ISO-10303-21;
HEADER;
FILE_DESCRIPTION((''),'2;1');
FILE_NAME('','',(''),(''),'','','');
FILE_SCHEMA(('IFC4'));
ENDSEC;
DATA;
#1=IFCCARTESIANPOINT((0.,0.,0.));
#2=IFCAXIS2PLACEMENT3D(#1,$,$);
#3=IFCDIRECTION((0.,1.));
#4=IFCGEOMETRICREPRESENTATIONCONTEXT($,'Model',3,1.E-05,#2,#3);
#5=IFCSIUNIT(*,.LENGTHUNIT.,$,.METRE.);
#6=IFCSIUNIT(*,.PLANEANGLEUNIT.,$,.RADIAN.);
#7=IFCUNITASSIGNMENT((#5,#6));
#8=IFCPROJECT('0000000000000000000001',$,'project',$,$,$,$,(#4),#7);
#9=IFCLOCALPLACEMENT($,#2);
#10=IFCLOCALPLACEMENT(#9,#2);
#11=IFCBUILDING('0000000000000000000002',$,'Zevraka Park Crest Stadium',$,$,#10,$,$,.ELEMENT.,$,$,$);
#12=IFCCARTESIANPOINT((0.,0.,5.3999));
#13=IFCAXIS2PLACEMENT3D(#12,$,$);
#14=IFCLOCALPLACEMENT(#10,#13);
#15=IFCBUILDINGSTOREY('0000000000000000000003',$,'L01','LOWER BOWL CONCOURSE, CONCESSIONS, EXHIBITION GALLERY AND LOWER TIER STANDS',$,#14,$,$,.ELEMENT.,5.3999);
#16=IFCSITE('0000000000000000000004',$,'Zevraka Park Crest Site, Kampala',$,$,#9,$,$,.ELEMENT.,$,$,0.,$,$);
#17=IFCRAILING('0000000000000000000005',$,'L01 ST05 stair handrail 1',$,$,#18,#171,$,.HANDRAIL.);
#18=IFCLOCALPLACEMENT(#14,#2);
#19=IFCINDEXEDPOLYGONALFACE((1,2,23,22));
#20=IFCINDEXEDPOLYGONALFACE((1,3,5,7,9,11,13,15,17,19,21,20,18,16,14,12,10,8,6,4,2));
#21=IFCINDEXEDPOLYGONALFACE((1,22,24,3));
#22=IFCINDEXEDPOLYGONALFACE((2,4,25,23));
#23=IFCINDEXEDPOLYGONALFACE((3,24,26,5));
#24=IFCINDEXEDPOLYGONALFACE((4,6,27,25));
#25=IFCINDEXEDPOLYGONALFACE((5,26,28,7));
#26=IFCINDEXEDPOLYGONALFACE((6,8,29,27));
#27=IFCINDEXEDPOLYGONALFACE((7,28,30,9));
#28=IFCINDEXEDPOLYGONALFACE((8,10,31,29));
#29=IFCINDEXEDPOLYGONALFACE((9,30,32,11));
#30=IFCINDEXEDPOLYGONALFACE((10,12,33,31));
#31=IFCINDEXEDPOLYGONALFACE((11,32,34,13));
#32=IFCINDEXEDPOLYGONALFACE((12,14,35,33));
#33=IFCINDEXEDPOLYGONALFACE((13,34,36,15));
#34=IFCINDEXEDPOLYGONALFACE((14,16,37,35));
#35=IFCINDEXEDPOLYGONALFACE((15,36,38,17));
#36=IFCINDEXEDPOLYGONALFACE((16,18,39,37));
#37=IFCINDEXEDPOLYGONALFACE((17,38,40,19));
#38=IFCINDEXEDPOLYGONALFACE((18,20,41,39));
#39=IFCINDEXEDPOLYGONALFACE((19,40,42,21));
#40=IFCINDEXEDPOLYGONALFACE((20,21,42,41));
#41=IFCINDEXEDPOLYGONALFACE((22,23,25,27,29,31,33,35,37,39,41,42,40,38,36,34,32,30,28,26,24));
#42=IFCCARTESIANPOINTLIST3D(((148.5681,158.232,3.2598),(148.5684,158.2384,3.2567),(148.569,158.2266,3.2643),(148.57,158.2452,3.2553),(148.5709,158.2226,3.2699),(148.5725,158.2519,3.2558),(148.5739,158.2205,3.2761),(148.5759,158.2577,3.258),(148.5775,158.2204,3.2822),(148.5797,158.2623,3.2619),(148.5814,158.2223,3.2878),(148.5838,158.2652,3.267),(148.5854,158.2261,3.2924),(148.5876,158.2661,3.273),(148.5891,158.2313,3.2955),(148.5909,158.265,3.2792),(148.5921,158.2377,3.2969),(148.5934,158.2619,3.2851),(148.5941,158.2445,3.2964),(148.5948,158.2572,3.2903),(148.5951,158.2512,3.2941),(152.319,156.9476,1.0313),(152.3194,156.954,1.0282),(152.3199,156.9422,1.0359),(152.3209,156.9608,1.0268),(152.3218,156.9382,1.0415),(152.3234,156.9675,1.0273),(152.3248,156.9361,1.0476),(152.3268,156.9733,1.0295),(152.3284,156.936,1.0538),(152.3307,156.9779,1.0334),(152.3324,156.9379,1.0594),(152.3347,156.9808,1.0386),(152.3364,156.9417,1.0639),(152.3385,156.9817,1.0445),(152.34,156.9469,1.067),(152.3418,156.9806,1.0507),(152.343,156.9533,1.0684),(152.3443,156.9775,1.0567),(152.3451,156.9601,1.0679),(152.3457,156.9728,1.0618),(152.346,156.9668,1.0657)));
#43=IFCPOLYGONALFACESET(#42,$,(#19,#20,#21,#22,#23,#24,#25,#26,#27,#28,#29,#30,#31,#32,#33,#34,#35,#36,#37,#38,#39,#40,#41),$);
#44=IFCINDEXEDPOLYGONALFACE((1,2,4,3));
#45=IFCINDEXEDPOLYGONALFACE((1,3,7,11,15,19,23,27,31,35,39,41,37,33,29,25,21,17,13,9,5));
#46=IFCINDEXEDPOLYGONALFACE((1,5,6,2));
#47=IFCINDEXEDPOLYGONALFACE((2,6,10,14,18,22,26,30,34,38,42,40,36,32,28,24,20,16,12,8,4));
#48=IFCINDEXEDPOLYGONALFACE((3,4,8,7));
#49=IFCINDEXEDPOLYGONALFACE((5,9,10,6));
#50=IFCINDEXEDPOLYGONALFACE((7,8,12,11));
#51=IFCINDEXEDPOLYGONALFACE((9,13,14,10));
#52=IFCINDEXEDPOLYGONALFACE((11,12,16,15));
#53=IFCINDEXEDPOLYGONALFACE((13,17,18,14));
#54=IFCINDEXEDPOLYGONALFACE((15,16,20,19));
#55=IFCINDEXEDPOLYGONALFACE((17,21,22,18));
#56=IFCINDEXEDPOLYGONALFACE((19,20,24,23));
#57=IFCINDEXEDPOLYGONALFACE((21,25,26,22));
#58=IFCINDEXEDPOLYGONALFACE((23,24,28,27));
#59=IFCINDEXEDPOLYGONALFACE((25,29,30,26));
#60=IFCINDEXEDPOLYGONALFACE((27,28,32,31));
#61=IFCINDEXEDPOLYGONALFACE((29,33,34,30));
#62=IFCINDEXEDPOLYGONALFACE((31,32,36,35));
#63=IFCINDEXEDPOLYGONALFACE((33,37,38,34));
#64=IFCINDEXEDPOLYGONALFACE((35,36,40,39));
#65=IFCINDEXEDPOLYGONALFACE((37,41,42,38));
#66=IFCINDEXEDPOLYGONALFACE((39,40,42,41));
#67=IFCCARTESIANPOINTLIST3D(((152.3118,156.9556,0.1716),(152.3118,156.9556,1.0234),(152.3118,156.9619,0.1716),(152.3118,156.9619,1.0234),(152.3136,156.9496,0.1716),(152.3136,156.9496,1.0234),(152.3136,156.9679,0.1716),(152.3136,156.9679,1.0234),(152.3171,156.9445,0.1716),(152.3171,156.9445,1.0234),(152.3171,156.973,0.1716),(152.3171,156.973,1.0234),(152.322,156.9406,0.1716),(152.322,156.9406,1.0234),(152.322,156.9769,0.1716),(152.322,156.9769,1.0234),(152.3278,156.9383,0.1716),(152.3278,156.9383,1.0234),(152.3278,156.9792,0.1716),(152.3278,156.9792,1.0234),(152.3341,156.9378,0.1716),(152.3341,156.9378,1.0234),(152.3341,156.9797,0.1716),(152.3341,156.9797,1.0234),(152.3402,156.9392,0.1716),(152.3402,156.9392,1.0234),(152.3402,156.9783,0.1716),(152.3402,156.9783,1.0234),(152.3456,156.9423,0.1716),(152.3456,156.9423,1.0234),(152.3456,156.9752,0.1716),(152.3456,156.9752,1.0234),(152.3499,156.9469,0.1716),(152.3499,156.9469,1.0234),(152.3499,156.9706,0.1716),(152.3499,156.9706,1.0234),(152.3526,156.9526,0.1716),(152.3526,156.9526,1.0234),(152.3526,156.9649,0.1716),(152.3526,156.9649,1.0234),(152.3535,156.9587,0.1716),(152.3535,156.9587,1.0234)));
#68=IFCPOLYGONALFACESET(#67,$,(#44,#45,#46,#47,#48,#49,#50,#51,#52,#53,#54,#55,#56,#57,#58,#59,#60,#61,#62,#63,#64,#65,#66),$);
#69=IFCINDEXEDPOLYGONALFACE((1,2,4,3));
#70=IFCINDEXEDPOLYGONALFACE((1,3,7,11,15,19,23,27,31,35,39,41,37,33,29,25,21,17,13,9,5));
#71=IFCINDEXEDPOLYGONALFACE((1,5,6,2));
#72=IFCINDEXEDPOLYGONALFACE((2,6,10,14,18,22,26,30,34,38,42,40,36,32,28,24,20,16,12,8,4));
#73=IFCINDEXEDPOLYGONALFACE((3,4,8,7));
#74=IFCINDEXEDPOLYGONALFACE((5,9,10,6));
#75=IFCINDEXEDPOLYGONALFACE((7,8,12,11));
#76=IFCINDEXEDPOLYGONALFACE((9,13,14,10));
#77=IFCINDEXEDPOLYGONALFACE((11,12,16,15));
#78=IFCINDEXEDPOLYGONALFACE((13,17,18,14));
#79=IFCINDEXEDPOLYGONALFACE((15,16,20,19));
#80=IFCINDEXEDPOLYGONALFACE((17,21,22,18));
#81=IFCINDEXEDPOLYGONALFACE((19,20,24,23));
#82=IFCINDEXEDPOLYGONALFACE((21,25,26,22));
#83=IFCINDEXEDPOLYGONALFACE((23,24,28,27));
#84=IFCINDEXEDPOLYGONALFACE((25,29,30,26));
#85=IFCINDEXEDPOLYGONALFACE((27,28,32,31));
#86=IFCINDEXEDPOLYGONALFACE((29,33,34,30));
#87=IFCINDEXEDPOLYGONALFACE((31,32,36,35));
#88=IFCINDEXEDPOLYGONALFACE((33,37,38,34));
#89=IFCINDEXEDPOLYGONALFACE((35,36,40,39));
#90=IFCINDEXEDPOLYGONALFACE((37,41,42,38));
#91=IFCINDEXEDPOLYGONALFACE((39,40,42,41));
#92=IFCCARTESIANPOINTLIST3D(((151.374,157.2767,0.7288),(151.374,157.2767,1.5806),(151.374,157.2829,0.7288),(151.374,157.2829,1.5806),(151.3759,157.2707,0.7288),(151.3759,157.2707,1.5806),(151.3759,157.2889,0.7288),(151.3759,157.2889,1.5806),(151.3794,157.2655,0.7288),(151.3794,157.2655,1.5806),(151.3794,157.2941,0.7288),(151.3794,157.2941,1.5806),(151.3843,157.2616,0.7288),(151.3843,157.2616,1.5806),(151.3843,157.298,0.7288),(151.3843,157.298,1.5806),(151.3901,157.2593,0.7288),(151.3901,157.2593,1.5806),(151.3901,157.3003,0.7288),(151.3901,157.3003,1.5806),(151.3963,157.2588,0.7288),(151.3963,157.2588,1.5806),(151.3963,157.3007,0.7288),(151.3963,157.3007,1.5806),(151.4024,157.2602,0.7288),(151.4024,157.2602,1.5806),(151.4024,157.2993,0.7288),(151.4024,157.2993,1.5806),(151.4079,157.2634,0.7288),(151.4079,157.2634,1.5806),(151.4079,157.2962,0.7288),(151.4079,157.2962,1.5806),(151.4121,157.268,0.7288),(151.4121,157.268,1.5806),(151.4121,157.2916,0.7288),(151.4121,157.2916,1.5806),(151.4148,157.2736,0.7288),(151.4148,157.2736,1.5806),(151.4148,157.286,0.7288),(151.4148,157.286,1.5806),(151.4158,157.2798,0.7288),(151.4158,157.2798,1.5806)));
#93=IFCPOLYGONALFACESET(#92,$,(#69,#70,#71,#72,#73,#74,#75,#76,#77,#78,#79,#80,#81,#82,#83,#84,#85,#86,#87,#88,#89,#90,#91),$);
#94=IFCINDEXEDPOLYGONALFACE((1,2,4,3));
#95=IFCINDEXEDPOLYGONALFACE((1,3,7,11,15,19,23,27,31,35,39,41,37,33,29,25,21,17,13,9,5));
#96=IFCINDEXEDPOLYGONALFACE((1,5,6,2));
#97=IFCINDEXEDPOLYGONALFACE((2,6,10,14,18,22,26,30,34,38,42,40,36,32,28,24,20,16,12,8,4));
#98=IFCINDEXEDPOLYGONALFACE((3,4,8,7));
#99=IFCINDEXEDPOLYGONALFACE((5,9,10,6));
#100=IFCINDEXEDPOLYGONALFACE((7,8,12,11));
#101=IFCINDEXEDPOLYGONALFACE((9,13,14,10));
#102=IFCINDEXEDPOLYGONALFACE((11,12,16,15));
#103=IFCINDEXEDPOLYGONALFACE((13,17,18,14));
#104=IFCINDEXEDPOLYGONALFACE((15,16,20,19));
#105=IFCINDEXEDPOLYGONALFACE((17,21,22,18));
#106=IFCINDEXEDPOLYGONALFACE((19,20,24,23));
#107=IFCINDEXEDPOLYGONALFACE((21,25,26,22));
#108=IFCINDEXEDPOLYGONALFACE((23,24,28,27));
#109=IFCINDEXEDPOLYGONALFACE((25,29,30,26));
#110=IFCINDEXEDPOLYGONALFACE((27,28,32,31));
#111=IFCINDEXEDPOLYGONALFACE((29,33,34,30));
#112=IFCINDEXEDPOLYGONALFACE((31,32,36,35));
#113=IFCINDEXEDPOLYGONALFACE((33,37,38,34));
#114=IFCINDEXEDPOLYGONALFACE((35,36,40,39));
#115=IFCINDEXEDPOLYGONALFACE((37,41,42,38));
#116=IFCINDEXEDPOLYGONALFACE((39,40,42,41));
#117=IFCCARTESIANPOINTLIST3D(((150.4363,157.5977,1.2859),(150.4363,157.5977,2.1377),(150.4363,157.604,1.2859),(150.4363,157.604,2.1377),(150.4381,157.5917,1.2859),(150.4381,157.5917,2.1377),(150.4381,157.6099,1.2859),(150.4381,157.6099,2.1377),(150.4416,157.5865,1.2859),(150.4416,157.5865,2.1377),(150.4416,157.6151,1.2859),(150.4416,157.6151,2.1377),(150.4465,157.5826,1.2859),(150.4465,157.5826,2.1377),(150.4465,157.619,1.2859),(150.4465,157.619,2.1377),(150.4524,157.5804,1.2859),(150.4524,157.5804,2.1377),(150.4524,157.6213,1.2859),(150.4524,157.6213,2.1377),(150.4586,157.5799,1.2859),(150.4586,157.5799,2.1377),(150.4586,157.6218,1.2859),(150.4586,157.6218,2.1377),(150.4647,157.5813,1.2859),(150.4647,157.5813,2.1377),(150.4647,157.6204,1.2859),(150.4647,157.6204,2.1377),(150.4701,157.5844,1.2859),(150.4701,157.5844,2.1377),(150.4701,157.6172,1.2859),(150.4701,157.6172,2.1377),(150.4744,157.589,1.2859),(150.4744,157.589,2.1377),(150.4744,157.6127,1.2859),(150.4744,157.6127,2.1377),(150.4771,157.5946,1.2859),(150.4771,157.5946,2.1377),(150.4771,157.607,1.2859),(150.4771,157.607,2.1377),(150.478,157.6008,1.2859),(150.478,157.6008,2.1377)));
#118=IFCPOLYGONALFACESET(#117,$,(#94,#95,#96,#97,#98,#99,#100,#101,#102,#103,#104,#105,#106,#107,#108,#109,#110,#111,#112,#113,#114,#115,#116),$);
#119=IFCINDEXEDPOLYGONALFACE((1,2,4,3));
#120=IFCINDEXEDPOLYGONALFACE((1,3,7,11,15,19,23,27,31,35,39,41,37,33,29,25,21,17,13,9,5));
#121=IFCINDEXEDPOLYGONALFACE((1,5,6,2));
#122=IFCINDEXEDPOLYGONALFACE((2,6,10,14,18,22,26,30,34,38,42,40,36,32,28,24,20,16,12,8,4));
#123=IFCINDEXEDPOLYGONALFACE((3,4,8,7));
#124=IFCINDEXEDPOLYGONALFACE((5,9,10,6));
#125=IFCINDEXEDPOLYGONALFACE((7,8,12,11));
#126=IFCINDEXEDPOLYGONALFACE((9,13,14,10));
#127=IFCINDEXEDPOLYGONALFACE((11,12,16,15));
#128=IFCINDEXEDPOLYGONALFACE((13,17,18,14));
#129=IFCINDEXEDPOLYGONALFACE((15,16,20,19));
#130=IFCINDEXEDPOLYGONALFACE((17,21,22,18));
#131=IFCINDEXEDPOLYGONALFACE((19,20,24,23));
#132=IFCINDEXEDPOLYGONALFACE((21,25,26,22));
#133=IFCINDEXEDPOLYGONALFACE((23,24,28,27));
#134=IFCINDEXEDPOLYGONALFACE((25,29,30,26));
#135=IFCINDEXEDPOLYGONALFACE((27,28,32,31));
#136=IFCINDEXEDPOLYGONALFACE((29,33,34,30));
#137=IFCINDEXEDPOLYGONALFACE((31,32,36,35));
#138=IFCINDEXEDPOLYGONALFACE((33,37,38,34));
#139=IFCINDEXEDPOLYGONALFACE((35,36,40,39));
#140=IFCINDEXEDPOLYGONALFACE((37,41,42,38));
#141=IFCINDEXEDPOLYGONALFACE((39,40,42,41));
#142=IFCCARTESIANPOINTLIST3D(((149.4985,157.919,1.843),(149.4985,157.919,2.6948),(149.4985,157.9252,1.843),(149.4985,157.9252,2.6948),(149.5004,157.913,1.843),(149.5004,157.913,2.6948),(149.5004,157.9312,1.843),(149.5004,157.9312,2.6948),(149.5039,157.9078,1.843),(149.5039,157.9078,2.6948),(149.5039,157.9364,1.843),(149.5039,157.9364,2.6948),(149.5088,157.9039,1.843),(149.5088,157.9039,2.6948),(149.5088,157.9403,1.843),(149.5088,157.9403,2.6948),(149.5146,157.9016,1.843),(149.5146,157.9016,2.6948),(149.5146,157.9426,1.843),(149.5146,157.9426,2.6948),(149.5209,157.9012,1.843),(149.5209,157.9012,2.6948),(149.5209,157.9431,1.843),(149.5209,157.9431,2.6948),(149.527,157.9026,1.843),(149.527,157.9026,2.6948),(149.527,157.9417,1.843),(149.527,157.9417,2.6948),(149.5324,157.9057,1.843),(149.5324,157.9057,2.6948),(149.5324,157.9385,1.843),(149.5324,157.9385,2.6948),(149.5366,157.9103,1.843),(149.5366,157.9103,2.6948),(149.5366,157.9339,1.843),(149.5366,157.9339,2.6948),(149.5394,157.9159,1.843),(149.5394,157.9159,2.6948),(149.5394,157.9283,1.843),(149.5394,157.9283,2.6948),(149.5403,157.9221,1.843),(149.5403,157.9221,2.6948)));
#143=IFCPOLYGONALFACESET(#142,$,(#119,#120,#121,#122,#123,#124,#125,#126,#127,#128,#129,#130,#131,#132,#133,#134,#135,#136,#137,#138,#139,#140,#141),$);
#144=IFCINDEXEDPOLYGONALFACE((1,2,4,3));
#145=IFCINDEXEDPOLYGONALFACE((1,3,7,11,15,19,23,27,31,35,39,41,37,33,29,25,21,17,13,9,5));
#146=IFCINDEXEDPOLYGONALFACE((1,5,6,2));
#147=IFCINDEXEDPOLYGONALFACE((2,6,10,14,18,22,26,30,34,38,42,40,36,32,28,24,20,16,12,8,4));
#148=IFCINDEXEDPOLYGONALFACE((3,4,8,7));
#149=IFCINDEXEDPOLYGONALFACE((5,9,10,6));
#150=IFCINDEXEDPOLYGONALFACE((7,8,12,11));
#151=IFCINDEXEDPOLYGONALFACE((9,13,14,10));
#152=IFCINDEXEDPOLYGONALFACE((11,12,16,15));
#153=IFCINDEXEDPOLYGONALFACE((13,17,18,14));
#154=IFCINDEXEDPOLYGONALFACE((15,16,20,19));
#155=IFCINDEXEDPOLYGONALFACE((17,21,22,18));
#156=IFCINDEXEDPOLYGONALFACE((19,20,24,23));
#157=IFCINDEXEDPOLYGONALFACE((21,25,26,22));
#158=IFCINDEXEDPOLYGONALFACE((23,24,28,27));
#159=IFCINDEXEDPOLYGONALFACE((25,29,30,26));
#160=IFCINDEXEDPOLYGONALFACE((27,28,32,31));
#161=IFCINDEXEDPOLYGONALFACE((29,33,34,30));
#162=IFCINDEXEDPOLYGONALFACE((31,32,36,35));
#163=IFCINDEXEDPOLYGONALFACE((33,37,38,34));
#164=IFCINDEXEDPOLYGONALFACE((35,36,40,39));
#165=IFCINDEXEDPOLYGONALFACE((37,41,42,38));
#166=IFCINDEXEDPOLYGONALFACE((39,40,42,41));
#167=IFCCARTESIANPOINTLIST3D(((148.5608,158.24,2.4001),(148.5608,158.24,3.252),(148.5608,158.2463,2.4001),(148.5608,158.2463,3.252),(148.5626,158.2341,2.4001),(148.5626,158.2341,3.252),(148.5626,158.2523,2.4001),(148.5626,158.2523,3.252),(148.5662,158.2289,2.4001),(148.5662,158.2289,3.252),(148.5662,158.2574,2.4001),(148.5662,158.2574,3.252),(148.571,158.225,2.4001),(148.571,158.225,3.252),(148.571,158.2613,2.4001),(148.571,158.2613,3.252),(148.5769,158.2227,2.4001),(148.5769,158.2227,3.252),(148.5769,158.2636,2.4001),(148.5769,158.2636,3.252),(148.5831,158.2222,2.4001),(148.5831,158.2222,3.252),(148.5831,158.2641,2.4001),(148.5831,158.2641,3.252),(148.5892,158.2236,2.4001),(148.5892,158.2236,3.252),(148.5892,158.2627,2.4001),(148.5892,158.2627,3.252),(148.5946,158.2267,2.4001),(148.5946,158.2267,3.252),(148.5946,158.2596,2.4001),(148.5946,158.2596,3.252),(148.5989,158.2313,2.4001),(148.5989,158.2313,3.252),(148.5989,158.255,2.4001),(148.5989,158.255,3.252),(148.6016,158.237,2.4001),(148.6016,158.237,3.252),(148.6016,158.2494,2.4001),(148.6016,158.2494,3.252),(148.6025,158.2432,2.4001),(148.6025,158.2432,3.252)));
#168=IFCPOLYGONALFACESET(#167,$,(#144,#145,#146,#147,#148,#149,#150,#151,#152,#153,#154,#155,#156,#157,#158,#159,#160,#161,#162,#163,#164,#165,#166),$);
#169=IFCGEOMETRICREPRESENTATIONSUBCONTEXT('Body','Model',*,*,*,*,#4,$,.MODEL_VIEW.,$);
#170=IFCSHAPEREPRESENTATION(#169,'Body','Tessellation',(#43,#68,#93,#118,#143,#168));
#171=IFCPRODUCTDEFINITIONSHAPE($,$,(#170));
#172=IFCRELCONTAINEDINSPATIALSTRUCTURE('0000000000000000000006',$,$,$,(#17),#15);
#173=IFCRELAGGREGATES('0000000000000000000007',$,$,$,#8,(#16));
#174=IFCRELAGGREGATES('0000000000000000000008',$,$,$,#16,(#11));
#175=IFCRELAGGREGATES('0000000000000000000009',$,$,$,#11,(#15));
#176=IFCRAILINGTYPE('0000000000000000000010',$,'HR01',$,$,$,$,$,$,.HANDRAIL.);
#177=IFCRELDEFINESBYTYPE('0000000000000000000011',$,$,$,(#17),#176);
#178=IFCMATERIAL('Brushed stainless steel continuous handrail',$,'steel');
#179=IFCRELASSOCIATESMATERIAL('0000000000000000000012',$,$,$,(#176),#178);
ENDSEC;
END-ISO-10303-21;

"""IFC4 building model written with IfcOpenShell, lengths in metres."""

from ifc_helpers import new_model, si_unit, direction, frame, origin, origin_2d, place, context, subcontext, project, spatial, circle, extrude, material, type_object, element, save


model = new_model("IFC4")

# Units and contexts
model_context = context("Model", 3, precision=1e-05, world=origin(), true_north=direction((0.0, 1.0)))
body_context = subcontext(model_context, "Body", "Model", "MODEL_VIEW")
ifc_project = project(units=[si_unit("LENGTHUNIT", "METRE"), si_unit("PLANEANGLEUNIT", "RADIAN")], contexts=[model_context])

# Site, building, storey
site_placement = place(None, origin())
site = spatial("IfcSite", under=ifc_project, at=site_placement, Name="Zevraka Park Crest Site, Kampala", CompositionType="ELEMENT", RefElevation=0.0)
building_placement = place(site_placement, origin())
building = spatial("IfcBuilding", under=site, at=building_placement, Name="Zevraka Park Crest Stadium", CompositionType="ELEMENT")
storey_placement = place(building_placement, frame((0.0, 0.0, 5.3999)))
storey = spatial("IfcBuildingStorey", under=building, at=storey_placement, Name="L01", Description="LOWER BOWL CONCOURSE, CONCESSIONS, EXHIBITION GALLERY AND LOWER TIER STANDS", CompositionType="ELEMENT", Elevation=5.3999)

# Railing
ifc_material_1 = material(Name="Brushed stainless steel continuous handrail", Category="steel")
railing_type_1 = type_object("IfcRailingType", Name="HR01", PredefinedType="HANDRAIL", material=ifc_material_1)
railing_1_placement = place(storey_placement, frame((152.3325, 156.9587, 0.1716)))
element("IfcRailing", 1, at=railing_1_placement, inside=storey, type_object=railing_type_1, Name="L01 ST05 stair handrail 1", PredefinedType="HANDRAIL", context=body_context, shape_type="SweptSolid", body=[
    extrude(circle(Radius=0.0239, at=origin_2d()), frame((0.0, 0.0, 0.876), z_axis=(-0.824722, 0.282405, 0.489981), x_axis=(-0.323957, -0.946072, 0.0)), (0.0, 0.0, 1.0), 4.5481),
    extrude(circle(Radius=0.021, at=origin_2d()), origin(), (0.0, 0.0, 1.0), 0.8518),
    extrude(circle(Radius=0.021, at=origin_2d()), frame((-0.9377, 0.321, 0.5571)), (0.0, 0.0, 1.0), 0.8518),
    extrude(circle(Radius=0.021, at=origin_2d()), frame((-1.8755, 0.6421, 1.1143)), (0.0, 0.0, 1.0), 0.8518),
    extrude(circle(Radius=0.021, at=origin_2d()), frame((-2.8132, 0.9634, 1.6714)), (0.0, 0.0, 1.0), 0.8518),
    extrude(circle(Radius=0.021, at=origin_2d()), frame((-3.751, 1.2844, 2.2285)), (0.0, 0.0, 1.0), 0.8518),
])

save(model, "model.ifc")
